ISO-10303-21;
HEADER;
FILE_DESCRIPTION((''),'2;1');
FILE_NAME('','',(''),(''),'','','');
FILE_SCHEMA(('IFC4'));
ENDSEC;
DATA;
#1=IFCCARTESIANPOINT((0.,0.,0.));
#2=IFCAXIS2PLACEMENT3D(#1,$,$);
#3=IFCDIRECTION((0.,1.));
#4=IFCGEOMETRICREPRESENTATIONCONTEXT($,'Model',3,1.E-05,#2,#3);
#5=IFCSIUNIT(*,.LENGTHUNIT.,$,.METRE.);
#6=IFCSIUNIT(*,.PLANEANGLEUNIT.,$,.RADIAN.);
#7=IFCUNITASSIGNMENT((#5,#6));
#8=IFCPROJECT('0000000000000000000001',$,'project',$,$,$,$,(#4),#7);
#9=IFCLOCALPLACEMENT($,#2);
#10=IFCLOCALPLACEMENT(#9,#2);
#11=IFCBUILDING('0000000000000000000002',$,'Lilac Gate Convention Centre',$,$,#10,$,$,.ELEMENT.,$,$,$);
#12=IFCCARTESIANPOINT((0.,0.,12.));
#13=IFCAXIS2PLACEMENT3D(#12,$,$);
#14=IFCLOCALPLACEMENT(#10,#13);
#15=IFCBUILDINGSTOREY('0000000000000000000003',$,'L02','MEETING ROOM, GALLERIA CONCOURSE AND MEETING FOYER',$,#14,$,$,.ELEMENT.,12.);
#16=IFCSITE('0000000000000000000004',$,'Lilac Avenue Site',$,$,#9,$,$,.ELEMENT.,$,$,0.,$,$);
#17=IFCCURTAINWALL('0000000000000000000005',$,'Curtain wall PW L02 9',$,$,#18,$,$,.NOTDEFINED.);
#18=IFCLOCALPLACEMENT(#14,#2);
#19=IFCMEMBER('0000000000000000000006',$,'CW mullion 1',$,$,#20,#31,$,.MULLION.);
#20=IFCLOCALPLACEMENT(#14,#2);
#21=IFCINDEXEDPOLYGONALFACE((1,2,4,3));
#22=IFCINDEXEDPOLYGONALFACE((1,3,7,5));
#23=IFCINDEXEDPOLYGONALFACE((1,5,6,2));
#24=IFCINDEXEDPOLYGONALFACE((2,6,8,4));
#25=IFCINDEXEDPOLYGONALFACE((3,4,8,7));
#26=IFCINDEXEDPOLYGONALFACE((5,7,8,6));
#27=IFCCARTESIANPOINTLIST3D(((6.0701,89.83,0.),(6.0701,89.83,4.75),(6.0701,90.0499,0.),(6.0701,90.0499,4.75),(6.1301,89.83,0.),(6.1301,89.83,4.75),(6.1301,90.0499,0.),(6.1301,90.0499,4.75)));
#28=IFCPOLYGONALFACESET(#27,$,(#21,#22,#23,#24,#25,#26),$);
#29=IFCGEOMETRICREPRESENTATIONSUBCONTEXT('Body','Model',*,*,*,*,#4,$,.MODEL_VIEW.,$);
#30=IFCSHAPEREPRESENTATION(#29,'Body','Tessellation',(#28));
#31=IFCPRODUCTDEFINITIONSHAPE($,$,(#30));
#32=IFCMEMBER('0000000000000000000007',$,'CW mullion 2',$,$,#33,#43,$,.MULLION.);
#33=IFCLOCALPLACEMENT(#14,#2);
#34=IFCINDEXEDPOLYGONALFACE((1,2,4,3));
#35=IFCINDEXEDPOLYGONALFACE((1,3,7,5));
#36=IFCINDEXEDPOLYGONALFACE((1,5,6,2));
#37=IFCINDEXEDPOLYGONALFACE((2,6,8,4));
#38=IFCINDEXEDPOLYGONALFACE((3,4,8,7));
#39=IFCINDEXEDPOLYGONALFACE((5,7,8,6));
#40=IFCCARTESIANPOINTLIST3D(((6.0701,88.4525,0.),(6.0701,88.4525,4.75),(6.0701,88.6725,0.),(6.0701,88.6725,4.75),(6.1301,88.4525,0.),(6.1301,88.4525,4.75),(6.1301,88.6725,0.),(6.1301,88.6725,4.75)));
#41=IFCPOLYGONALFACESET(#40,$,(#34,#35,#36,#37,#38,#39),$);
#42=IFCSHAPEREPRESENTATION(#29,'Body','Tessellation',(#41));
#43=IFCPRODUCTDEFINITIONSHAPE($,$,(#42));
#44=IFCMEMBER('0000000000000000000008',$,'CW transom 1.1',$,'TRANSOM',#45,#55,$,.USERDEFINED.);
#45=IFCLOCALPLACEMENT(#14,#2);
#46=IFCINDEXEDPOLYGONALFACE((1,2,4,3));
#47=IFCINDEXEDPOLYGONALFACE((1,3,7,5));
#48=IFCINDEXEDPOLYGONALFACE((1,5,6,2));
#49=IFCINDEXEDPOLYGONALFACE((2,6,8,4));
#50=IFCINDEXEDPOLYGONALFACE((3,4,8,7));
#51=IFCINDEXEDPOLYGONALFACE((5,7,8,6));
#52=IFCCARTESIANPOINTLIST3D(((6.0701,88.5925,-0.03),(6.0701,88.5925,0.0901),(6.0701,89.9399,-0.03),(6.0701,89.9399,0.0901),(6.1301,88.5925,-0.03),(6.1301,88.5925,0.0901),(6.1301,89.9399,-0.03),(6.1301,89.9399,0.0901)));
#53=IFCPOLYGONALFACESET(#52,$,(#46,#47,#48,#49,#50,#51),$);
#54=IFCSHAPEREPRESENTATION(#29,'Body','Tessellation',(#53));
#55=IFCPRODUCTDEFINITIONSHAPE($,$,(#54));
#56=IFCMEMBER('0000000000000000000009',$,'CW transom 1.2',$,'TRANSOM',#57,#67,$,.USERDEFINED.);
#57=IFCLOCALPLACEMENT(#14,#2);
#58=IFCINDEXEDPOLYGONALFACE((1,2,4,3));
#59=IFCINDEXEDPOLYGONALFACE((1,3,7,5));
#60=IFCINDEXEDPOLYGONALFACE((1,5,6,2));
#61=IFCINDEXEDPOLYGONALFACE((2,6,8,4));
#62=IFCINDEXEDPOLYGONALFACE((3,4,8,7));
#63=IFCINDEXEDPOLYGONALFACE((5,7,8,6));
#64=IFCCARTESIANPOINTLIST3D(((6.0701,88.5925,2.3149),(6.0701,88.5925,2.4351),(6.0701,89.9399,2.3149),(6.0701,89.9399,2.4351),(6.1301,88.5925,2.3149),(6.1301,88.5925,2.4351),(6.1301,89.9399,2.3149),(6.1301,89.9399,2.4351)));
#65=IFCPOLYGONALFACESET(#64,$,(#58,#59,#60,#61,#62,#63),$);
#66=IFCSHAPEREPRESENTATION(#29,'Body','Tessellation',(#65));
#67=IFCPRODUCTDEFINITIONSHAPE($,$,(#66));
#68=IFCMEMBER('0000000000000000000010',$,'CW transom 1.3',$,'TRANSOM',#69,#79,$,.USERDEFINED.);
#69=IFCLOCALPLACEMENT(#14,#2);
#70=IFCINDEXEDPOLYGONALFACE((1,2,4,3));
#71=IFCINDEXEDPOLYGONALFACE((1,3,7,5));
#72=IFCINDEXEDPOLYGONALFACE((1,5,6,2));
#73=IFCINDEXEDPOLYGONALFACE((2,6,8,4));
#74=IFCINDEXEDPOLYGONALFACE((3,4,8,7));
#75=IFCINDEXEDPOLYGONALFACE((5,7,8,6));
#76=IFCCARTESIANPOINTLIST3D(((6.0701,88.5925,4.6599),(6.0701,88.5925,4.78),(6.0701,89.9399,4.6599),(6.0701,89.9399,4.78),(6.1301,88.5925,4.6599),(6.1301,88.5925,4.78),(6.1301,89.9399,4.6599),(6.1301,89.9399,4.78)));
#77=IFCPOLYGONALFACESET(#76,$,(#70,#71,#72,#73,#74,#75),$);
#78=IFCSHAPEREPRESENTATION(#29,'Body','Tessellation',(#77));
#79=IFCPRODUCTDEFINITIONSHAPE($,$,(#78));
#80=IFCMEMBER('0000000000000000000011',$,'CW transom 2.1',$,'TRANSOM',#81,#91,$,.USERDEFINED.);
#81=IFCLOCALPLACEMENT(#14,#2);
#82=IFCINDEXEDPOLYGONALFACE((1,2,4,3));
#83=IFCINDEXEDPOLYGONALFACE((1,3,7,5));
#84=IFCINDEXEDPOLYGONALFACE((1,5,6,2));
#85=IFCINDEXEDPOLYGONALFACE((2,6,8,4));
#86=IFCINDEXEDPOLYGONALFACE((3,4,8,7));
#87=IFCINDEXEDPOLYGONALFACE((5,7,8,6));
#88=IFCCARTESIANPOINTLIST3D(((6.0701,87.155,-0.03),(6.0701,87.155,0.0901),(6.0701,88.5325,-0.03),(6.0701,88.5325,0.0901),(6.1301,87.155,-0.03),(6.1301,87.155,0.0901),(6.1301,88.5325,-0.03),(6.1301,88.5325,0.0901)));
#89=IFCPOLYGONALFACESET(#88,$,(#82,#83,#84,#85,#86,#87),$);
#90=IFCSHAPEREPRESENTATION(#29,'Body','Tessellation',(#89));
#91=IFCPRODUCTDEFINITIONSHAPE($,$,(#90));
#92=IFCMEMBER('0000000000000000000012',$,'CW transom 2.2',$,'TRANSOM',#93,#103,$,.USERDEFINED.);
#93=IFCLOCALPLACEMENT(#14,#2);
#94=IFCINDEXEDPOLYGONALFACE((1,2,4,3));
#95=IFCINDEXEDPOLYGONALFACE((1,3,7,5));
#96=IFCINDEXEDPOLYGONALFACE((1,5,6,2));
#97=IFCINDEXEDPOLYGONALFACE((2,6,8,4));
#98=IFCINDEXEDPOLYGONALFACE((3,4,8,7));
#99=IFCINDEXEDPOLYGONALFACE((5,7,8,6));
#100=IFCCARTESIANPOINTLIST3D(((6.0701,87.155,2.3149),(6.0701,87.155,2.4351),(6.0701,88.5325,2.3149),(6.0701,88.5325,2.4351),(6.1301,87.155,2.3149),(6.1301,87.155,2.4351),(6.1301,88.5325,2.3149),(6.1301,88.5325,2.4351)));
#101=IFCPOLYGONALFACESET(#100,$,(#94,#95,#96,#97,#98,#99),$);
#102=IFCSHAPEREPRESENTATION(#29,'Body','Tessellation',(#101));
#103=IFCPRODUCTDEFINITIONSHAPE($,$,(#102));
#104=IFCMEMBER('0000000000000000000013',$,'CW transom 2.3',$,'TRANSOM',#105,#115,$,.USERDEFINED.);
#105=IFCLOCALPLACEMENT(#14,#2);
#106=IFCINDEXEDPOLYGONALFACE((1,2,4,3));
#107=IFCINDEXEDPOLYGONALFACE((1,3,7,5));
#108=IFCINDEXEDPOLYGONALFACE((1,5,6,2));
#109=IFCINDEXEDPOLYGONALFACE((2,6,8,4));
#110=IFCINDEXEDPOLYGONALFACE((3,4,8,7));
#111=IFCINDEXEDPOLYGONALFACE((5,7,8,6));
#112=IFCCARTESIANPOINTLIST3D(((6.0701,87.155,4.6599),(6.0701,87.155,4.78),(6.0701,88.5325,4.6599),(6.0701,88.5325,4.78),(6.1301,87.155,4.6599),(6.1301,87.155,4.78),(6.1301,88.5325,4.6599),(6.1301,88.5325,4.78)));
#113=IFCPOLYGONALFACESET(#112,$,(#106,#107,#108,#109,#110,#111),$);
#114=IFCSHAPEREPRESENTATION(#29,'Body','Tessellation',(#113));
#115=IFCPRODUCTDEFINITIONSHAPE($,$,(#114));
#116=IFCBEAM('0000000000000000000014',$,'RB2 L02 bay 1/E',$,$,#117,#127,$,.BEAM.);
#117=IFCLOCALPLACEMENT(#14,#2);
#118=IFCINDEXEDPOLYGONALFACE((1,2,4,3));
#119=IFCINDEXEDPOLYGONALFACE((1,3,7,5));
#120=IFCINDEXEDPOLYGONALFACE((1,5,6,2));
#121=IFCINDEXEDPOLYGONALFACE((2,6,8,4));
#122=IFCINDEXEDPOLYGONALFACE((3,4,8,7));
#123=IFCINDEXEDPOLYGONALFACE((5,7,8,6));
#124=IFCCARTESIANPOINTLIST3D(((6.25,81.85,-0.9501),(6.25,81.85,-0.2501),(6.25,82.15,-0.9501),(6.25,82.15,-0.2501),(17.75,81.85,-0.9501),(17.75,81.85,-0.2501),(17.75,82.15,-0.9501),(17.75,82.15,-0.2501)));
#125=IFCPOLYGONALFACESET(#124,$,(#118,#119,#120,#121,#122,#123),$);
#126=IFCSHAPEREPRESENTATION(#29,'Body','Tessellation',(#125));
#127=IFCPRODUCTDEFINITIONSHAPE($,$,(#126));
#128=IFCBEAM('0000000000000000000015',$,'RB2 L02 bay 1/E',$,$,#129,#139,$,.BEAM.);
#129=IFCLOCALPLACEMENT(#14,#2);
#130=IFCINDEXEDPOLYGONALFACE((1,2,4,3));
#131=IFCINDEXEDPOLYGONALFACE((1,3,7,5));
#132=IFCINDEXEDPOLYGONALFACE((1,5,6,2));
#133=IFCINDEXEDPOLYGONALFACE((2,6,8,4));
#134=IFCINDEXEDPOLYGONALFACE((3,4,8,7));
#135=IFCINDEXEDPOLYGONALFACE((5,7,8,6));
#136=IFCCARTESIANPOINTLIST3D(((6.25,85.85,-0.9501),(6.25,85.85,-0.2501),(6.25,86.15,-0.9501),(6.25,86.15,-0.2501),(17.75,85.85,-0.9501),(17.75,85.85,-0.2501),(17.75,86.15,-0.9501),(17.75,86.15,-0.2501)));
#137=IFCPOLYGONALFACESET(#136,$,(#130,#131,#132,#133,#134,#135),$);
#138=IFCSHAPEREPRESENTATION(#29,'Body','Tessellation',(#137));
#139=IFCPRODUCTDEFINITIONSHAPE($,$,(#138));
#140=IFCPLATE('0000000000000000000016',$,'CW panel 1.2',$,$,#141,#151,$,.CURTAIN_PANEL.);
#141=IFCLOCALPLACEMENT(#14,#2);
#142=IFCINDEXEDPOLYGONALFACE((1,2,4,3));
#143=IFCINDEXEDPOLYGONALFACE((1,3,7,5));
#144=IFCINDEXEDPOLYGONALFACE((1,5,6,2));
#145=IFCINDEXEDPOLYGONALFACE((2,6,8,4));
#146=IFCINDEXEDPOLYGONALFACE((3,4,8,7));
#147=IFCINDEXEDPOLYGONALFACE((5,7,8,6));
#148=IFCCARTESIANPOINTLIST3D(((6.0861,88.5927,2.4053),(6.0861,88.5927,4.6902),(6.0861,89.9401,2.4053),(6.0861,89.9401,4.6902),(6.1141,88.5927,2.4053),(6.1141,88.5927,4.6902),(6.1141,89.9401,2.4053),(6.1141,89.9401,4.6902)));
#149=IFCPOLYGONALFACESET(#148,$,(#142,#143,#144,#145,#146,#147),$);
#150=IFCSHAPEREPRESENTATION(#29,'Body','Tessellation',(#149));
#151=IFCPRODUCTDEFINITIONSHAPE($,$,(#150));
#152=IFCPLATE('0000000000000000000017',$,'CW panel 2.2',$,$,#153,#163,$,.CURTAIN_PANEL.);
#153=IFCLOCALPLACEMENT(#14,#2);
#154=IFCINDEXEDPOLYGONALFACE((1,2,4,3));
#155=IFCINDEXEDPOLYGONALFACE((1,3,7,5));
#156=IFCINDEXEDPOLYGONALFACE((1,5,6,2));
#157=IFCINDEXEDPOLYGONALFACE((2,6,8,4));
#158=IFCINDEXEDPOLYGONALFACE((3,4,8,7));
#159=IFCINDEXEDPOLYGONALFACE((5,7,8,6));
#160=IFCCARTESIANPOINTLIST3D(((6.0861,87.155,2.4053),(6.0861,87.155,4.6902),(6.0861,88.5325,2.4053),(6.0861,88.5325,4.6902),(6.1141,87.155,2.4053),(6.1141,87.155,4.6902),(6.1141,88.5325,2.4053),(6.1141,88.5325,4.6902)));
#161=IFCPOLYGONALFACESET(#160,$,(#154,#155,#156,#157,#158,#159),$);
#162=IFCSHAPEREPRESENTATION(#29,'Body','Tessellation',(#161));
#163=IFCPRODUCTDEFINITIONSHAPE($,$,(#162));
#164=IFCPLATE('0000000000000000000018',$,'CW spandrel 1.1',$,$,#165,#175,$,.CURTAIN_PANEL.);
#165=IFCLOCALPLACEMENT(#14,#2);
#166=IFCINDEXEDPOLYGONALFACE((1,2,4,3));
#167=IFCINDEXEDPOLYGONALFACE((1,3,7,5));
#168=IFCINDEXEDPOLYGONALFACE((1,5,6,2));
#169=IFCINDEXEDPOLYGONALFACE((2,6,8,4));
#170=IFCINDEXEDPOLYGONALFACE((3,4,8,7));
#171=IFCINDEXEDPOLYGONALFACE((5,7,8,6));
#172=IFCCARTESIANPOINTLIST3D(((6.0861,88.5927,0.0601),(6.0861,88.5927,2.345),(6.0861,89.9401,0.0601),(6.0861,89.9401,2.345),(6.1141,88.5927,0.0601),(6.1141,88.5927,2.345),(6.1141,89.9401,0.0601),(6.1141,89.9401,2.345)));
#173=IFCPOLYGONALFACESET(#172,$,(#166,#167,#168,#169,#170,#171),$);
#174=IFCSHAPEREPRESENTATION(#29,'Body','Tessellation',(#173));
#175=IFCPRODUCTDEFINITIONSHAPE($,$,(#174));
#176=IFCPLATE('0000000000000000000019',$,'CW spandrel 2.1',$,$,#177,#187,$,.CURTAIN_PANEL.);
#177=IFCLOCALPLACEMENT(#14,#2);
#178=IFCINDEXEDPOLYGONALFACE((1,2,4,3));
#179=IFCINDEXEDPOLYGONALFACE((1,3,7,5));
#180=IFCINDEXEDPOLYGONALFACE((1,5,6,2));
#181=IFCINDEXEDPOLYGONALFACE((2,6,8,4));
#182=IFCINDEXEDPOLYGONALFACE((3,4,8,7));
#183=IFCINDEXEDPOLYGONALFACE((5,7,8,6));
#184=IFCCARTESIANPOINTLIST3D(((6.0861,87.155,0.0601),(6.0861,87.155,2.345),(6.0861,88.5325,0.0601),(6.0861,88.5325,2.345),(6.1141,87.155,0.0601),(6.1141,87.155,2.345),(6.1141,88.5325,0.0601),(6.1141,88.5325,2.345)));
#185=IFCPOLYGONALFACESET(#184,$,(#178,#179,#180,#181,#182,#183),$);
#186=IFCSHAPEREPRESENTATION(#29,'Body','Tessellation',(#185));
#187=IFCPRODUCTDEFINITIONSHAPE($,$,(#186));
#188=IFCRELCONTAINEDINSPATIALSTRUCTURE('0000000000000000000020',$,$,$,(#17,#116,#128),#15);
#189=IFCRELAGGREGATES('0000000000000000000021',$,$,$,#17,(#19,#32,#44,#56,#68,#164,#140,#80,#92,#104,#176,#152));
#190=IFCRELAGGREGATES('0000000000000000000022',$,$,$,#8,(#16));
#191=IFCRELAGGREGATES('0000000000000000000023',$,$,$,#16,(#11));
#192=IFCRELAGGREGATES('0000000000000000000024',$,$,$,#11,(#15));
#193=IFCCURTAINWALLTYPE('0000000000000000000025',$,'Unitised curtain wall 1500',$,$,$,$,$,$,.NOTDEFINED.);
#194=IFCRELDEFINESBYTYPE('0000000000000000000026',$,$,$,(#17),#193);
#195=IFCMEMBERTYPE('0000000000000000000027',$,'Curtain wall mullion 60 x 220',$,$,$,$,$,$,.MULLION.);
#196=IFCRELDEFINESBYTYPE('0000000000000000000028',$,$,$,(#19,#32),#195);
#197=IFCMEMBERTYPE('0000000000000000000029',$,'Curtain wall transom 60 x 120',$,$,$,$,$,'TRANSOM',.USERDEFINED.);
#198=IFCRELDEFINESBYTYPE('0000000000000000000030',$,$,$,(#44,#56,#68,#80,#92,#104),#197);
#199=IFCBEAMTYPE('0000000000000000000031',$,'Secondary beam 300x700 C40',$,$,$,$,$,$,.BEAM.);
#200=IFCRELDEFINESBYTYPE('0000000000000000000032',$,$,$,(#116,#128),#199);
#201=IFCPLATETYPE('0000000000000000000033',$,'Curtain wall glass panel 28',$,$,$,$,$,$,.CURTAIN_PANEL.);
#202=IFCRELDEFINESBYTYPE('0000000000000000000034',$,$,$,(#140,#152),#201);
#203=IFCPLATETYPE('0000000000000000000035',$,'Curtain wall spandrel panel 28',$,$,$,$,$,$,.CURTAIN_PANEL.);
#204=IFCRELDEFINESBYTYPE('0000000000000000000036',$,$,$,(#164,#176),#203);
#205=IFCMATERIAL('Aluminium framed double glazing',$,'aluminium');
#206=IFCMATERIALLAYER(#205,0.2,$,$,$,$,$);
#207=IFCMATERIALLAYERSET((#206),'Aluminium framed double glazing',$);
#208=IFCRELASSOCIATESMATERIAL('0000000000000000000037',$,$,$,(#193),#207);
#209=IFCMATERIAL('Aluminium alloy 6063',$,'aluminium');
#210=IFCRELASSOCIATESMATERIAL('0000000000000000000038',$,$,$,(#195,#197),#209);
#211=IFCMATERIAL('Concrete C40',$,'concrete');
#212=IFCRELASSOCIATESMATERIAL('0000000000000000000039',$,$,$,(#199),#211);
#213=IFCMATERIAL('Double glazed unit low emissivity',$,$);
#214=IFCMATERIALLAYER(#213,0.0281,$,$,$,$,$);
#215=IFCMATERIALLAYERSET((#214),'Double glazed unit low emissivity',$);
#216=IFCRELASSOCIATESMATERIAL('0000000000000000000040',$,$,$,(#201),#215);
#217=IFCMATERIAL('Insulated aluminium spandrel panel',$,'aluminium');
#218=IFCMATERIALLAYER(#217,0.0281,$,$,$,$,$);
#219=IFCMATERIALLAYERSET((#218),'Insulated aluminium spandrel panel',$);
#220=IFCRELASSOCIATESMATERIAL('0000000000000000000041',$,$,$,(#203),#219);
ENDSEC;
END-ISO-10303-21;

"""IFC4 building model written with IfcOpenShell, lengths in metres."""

from ifc_helpers import new_model, si_unit, direction, frame, origin, origin_2d, place, context, subcontext, project, spatial, rectangle, extrude, material, layer, layer_set, material_profile, profile_set, type_object, element, aggregate, save


model = new_model("IFC4")

# Units and contexts
model_context = context("Model", 3, precision=1e-05, world=origin(), true_north=direction((0.0, 1.0)))
body_context = subcontext(model_context, "Body", "Model", "MODEL_VIEW")
ifc_project = project(units=[si_unit("LENGTHUNIT", "METRE"), si_unit("PLANEANGLEUNIT", "RADIAN")], contexts=[model_context])

# Site, building, storey
site_placement = place(None, origin())
site = spatial("IfcSite", under=ifc_project, at=site_placement, Name="Lilac Avenue Site", CompositionType="ELEMENT", RefElevation=0.0)
building_placement = place(site_placement, origin())
building = spatial("IfcBuilding", under=site, at=building_placement, Name="Lilac Gate Convention Centre", CompositionType="ELEMENT")
storey_placement = place(building_placement, frame((0.0, 0.0, 12.0)))
storey = spatial("IfcBuildingStorey", under=building, at=storey_placement, Name="L02", Description="MEETING ROOM, GALLERIA CONCOURSE AND MEETING FOYER", CompositionType="ELEMENT", Elevation=12.0)

# Curtain wall, members
ifc_material_1 = material(Name="Aluminium framed double glazing", Category="aluminium")
ifc_layer_1 = layer(ifc_material_1, 0.2)
ifc_layer_set_1 = layer_set([ifc_layer_1], Name="Aluminium framed double glazing")
curtain_wall_type = type_object("IfcCurtainWallType", Name="Unitised curtain wall 1500", PredefinedType="NOTDEFINED", material=ifc_layer_set_1)
curtain_wall_placement = place(storey_placement, origin())
curtain_wall = element("IfcCurtainWall", 1, at=curtain_wall_placement, inside=storey, type_object=curtain_wall_type, Name="Curtain wall PW L02 9", PredefinedType="NOTDEFINED")
ifc_material_2 = material(Name="Aluminium alloy 6063", Category="aluminium")
ifc_material_profile_1 = material_profile(ifc_material_2, rectangle(XDim=0.0601, YDim=0.22, at=origin_2d()), Name="Curtain wall mullion 60 x 220")
ifc_profile_set_1 = profile_set([ifc_material_profile_1], Name="Aluminium alloy 6063")
member_type_1 = type_object("IfcMemberType", Name="Curtain wall mullion 60 x 220", PredefinedType="MULLION", material=ifc_profile_set_1)
member_1_placement = place(storey_placement, frame((6.1001, 89.9399, 0.0), z_axis=(0.0, 0.0, 1.0), x_axis=(1.0, 0.0, 0.0)))
member_1 = element("IfcMember", 2, at=member_1_placement, type_object=member_type_1, Name="CW mullion 1", PredefinedType="MULLION", context=body_context, shape_type="SweptSolid", body=[
    extrude(rectangle(XDim=0.0601, YDim=0.22, at=origin_2d()), origin(), (0.0, 0.0, 1.0), 4.75),
])
member_2_placement = place(storey_placement, frame((6.1001, 88.5625, 0.0), z_axis=(0.0, 0.0, 1.0), x_axis=(1.0, 0.0, 0.0)))
member_2 = element("IfcMember", 3, at=member_2_placement, type_object=member_type_1, Name="CW mullion 2", PredefinedType="MULLION", context=body_context, shape_type="SweptSolid", body=[
    extrude(rectangle(XDim=0.0601, YDim=0.22, at=origin_2d()), origin(), (0.0, 0.0, 1.0), 4.75),
])
ifc_material_profile_2 = material_profile(ifc_material_2, rectangle(XDim=0.0601, YDim=0.1201, at=origin_2d()), Name="Curtain wall transom 60 x 120")
ifc_profile_set_2 = profile_set([ifc_material_profile_2], Name="Aluminium alloy 6063")
member_type_2 = type_object("IfcMemberType", Name="Curtain wall transom 60 x 120", ElementType="TRANSOM", PredefinedType="USERDEFINED", material=ifc_profile_set_2)
member_3_placement = place(storey_placement, frame((6.1001, 89.9399, 0.03), z_axis=(0.0, -1.0, 0.0), x_axis=(1.0, 0.0, 0.0)))
member_3 = element("IfcMember", 4, at=member_3_placement, type_object=member_type_2, Name="CW transom 1.1", ObjectType="TRANSOM", PredefinedType="USERDEFINED", context=body_context, shape_type="SweptSolid", body=[
    extrude(rectangle(XDim=0.0601, YDim=0.1201, at=origin_2d()), origin(), (0.0, 0.0, 1.0), 1.3474),
])
member_4_placement = place(storey_placement, frame((6.1001, 89.9399, 2.375), z_axis=(0.0, -1.0, 0.0), x_axis=(1.0, 0.0, 0.0)))
member_4 = element("IfcMember", 5, at=member_4_placement, type_object=member_type_2, Name="CW transom 1.2", ObjectType="TRANSOM", PredefinedType="USERDEFINED", context=body_context, shape_type="SweptSolid", body=[
    extrude(rectangle(XDim=0.0601, YDim=0.1201, at=origin_2d()), origin(), (0.0, 0.0, 1.0), 1.3474),
])
member_5_placement = place(storey_placement, frame((6.1001, 89.9399, 4.72), z_axis=(0.0, -1.0, 0.0), x_axis=(1.0, 0.0, 0.0)))
member_5 = element("IfcMember", 6, at=member_5_placement, type_object=member_type_2, Name="CW transom 1.3", ObjectType="TRANSOM", PredefinedType="USERDEFINED", context=body_context, shape_type="SweptSolid", body=[
    extrude(rectangle(XDim=0.0601, YDim=0.1201, at=origin_2d()), origin(), (0.0, 0.0, 1.0), 1.3474),
])
member_6_placement = place(storey_placement, frame((6.1001, 88.5325, 0.03), z_axis=(0.0, -1.0, 0.0), x_axis=(1.0, 0.0, 0.0)))
member_6 = element("IfcMember", 7, at=member_6_placement, type_object=member_type_2, Name="CW transom 2.1", ObjectType="TRANSOM", PredefinedType="USERDEFINED", context=body_context, shape_type="SweptSolid", body=[
    extrude(rectangle(XDim=0.0601, YDim=0.1201, at=origin_2d()), origin(), (0.0, 0.0, 1.0), 1.3774),
])
member_7_placement = place(storey_placement, frame((6.1001, 88.5325, 2.375), z_axis=(0.0, -1.0, 0.0), x_axis=(1.0, 0.0, 0.0)))
member_7 = element("IfcMember", 8, at=member_7_placement, type_object=member_type_2, Name="CW transom 2.2", ObjectType="TRANSOM", PredefinedType="USERDEFINED", context=body_context, shape_type="SweptSolid", body=[
    extrude(rectangle(XDim=0.0601, YDim=0.1201, at=origin_2d()), origin(), (0.0, 0.0, 1.0), 1.3774),
])
member_8_placement = place(storey_placement, frame((6.1001, 88.5325, 4.72), z_axis=(0.0, -1.0, 0.0), x_axis=(1.0, 0.0, 0.0)))
member_8 = element("IfcMember", 9, at=member_8_placement, type_object=member_type_2, Name="CW transom 2.3", ObjectType="TRANSOM", PredefinedType="USERDEFINED", context=body_context, shape_type="SweptSolid", body=[
    extrude(rectangle(XDim=0.0601, YDim=0.1201, at=origin_2d()), origin(), (0.0, 0.0, 1.0), 1.3774),
])

# Beams
ifc_material_3 = material(Name="Concrete C40", Category="concrete")
ifc_material_profile_3 = material_profile(ifc_material_3, rectangle(XDim=0.3, YDim=0.7, at=origin_2d()), Name="RC 300x700")
ifc_profile_set_3 = profile_set([ifc_material_profile_3], Name="Concrete C40")
beam_type = type_object("IfcBeamType", Name="Secondary beam 300x700 C40", PredefinedType="BEAM", material=ifc_profile_set_3)
for number, where, z_axis, x_axis, name in (
    (10, (6.25, 82.0, -0.6001), (1.0, 0.0, 0.0), (0.0, 1.0, 0.0), "RB2 L02 bay 1/E"),
    (11, (6.25, 86.0, -0.6001), (1.0, 0.0, 0.0), (0.0, 1.0, 0.0), "RB2 L02 bay 1/E"),
):
    element("IfcBeam", number, at=place(storey_placement, frame(where, z_axis=z_axis, x_axis=x_axis)), inside=storey, type_object=beam_type, Name=name, PredefinedType="BEAM", context=body_context, shape_type="SweptSolid", body=[
        extrude(rectangle(XDim=0.3, YDim=0.7, at=origin_2d()), origin(), (0.0, 0.0, 1.0), 11.5),
    ])

# Plates
ifc_material_4 = material(Name="Double glazed unit low emissivity")
ifc_layer_2 = layer(ifc_material_4, 0.0281)
ifc_layer_set_2 = layer_set([ifc_layer_2], Name="Double glazed unit low emissivity")
plate_type_1 = type_object("IfcPlateType", Name="Curtain wall glass panel 28", PredefinedType="CURTAIN_PANEL", material=ifc_layer_set_2)
plate_1_placement = place(storey_placement, frame((6.1001, 89.2664, 2.4053), z_axis=(0.0, 0.0, 1.0), x_axis=(0.0, -1.0, 0.0)))
plate_1 = element("IfcPlate", 12, at=plate_1_placement, type_object=plate_type_1, Name="CW panel 1.2", PredefinedType="CURTAIN_PANEL", context=body_context, shape_type="SweptSolid", body=[
    extrude(rectangle(XDim=1.3474, YDim=0.0281, at=origin_2d()), origin(), (0.0, 0.0, 1.0), 2.2849),
])
plate_2_placement = place(storey_placement, frame((6.1001, 87.8438, 2.4053), z_axis=(0.0, 0.0, 1.0), x_axis=(0.0, -1.0, 0.0)))
plate_2 = element("IfcPlate", 13, at=plate_2_placement, type_object=plate_type_1, Name="CW panel 2.2", PredefinedType="CURTAIN_PANEL", context=body_context, shape_type="SweptSolid", body=[
    extrude(rectangle(XDim=1.3774, YDim=0.0281, at=origin_2d()), origin(), (0.0, 0.0, 1.0), 2.2849),
])
ifc_material_5 = material(Name="Insulated aluminium spandrel panel", Category="aluminium")
ifc_layer_3 = layer(ifc_material_5, 0.0281)
ifc_layer_set_3 = layer_set([ifc_layer_3], Name="Insulated aluminium spandrel panel")
plate_type_2 = type_object("IfcPlateType", Name="Curtain wall spandrel panel 28", PredefinedType="CURTAIN_PANEL", material=ifc_layer_set_3)
plate_3_placement = place(storey_placement, frame((6.1001, 89.2664, 0.0601), z_axis=(0.0, 0.0, 1.0), x_axis=(0.0, -1.0, 0.0)))
plate_3 = element("IfcPlate", 14, at=plate_3_placement, type_object=plate_type_2, Name="CW spandrel 1.1", PredefinedType="CURTAIN_PANEL", context=body_context, shape_type="SweptSolid", body=[
    extrude(rectangle(XDim=1.3474, YDim=0.0281, at=origin_2d()), origin(), (0.0, 0.0, 1.0), 2.2849),
])
plate_4_placement = place(storey_placement, frame((6.1001, 87.8438, 0.0601), z_axis=(0.0, 0.0, 1.0), x_axis=(0.0, -1.0, 0.0)))
plate_4 = element("IfcPlate", 15, at=plate_4_placement, type_object=plate_type_2, Name="CW spandrel 2.1", PredefinedType="CURTAIN_PANEL", context=body_context, shape_type="SweptSolid", body=[
    extrude(rectangle(XDim=1.3774, YDim=0.0281, at=origin_2d()), origin(), (0.0, 0.0, 1.0), 2.2849),
])
aggregate(curtain_wall, [member_1, member_2, member_3, member_4, member_5, plate_3, plate_1, member_6, member_7, member_8, plate_4, plate_2])

save(model, "model.ifc")
